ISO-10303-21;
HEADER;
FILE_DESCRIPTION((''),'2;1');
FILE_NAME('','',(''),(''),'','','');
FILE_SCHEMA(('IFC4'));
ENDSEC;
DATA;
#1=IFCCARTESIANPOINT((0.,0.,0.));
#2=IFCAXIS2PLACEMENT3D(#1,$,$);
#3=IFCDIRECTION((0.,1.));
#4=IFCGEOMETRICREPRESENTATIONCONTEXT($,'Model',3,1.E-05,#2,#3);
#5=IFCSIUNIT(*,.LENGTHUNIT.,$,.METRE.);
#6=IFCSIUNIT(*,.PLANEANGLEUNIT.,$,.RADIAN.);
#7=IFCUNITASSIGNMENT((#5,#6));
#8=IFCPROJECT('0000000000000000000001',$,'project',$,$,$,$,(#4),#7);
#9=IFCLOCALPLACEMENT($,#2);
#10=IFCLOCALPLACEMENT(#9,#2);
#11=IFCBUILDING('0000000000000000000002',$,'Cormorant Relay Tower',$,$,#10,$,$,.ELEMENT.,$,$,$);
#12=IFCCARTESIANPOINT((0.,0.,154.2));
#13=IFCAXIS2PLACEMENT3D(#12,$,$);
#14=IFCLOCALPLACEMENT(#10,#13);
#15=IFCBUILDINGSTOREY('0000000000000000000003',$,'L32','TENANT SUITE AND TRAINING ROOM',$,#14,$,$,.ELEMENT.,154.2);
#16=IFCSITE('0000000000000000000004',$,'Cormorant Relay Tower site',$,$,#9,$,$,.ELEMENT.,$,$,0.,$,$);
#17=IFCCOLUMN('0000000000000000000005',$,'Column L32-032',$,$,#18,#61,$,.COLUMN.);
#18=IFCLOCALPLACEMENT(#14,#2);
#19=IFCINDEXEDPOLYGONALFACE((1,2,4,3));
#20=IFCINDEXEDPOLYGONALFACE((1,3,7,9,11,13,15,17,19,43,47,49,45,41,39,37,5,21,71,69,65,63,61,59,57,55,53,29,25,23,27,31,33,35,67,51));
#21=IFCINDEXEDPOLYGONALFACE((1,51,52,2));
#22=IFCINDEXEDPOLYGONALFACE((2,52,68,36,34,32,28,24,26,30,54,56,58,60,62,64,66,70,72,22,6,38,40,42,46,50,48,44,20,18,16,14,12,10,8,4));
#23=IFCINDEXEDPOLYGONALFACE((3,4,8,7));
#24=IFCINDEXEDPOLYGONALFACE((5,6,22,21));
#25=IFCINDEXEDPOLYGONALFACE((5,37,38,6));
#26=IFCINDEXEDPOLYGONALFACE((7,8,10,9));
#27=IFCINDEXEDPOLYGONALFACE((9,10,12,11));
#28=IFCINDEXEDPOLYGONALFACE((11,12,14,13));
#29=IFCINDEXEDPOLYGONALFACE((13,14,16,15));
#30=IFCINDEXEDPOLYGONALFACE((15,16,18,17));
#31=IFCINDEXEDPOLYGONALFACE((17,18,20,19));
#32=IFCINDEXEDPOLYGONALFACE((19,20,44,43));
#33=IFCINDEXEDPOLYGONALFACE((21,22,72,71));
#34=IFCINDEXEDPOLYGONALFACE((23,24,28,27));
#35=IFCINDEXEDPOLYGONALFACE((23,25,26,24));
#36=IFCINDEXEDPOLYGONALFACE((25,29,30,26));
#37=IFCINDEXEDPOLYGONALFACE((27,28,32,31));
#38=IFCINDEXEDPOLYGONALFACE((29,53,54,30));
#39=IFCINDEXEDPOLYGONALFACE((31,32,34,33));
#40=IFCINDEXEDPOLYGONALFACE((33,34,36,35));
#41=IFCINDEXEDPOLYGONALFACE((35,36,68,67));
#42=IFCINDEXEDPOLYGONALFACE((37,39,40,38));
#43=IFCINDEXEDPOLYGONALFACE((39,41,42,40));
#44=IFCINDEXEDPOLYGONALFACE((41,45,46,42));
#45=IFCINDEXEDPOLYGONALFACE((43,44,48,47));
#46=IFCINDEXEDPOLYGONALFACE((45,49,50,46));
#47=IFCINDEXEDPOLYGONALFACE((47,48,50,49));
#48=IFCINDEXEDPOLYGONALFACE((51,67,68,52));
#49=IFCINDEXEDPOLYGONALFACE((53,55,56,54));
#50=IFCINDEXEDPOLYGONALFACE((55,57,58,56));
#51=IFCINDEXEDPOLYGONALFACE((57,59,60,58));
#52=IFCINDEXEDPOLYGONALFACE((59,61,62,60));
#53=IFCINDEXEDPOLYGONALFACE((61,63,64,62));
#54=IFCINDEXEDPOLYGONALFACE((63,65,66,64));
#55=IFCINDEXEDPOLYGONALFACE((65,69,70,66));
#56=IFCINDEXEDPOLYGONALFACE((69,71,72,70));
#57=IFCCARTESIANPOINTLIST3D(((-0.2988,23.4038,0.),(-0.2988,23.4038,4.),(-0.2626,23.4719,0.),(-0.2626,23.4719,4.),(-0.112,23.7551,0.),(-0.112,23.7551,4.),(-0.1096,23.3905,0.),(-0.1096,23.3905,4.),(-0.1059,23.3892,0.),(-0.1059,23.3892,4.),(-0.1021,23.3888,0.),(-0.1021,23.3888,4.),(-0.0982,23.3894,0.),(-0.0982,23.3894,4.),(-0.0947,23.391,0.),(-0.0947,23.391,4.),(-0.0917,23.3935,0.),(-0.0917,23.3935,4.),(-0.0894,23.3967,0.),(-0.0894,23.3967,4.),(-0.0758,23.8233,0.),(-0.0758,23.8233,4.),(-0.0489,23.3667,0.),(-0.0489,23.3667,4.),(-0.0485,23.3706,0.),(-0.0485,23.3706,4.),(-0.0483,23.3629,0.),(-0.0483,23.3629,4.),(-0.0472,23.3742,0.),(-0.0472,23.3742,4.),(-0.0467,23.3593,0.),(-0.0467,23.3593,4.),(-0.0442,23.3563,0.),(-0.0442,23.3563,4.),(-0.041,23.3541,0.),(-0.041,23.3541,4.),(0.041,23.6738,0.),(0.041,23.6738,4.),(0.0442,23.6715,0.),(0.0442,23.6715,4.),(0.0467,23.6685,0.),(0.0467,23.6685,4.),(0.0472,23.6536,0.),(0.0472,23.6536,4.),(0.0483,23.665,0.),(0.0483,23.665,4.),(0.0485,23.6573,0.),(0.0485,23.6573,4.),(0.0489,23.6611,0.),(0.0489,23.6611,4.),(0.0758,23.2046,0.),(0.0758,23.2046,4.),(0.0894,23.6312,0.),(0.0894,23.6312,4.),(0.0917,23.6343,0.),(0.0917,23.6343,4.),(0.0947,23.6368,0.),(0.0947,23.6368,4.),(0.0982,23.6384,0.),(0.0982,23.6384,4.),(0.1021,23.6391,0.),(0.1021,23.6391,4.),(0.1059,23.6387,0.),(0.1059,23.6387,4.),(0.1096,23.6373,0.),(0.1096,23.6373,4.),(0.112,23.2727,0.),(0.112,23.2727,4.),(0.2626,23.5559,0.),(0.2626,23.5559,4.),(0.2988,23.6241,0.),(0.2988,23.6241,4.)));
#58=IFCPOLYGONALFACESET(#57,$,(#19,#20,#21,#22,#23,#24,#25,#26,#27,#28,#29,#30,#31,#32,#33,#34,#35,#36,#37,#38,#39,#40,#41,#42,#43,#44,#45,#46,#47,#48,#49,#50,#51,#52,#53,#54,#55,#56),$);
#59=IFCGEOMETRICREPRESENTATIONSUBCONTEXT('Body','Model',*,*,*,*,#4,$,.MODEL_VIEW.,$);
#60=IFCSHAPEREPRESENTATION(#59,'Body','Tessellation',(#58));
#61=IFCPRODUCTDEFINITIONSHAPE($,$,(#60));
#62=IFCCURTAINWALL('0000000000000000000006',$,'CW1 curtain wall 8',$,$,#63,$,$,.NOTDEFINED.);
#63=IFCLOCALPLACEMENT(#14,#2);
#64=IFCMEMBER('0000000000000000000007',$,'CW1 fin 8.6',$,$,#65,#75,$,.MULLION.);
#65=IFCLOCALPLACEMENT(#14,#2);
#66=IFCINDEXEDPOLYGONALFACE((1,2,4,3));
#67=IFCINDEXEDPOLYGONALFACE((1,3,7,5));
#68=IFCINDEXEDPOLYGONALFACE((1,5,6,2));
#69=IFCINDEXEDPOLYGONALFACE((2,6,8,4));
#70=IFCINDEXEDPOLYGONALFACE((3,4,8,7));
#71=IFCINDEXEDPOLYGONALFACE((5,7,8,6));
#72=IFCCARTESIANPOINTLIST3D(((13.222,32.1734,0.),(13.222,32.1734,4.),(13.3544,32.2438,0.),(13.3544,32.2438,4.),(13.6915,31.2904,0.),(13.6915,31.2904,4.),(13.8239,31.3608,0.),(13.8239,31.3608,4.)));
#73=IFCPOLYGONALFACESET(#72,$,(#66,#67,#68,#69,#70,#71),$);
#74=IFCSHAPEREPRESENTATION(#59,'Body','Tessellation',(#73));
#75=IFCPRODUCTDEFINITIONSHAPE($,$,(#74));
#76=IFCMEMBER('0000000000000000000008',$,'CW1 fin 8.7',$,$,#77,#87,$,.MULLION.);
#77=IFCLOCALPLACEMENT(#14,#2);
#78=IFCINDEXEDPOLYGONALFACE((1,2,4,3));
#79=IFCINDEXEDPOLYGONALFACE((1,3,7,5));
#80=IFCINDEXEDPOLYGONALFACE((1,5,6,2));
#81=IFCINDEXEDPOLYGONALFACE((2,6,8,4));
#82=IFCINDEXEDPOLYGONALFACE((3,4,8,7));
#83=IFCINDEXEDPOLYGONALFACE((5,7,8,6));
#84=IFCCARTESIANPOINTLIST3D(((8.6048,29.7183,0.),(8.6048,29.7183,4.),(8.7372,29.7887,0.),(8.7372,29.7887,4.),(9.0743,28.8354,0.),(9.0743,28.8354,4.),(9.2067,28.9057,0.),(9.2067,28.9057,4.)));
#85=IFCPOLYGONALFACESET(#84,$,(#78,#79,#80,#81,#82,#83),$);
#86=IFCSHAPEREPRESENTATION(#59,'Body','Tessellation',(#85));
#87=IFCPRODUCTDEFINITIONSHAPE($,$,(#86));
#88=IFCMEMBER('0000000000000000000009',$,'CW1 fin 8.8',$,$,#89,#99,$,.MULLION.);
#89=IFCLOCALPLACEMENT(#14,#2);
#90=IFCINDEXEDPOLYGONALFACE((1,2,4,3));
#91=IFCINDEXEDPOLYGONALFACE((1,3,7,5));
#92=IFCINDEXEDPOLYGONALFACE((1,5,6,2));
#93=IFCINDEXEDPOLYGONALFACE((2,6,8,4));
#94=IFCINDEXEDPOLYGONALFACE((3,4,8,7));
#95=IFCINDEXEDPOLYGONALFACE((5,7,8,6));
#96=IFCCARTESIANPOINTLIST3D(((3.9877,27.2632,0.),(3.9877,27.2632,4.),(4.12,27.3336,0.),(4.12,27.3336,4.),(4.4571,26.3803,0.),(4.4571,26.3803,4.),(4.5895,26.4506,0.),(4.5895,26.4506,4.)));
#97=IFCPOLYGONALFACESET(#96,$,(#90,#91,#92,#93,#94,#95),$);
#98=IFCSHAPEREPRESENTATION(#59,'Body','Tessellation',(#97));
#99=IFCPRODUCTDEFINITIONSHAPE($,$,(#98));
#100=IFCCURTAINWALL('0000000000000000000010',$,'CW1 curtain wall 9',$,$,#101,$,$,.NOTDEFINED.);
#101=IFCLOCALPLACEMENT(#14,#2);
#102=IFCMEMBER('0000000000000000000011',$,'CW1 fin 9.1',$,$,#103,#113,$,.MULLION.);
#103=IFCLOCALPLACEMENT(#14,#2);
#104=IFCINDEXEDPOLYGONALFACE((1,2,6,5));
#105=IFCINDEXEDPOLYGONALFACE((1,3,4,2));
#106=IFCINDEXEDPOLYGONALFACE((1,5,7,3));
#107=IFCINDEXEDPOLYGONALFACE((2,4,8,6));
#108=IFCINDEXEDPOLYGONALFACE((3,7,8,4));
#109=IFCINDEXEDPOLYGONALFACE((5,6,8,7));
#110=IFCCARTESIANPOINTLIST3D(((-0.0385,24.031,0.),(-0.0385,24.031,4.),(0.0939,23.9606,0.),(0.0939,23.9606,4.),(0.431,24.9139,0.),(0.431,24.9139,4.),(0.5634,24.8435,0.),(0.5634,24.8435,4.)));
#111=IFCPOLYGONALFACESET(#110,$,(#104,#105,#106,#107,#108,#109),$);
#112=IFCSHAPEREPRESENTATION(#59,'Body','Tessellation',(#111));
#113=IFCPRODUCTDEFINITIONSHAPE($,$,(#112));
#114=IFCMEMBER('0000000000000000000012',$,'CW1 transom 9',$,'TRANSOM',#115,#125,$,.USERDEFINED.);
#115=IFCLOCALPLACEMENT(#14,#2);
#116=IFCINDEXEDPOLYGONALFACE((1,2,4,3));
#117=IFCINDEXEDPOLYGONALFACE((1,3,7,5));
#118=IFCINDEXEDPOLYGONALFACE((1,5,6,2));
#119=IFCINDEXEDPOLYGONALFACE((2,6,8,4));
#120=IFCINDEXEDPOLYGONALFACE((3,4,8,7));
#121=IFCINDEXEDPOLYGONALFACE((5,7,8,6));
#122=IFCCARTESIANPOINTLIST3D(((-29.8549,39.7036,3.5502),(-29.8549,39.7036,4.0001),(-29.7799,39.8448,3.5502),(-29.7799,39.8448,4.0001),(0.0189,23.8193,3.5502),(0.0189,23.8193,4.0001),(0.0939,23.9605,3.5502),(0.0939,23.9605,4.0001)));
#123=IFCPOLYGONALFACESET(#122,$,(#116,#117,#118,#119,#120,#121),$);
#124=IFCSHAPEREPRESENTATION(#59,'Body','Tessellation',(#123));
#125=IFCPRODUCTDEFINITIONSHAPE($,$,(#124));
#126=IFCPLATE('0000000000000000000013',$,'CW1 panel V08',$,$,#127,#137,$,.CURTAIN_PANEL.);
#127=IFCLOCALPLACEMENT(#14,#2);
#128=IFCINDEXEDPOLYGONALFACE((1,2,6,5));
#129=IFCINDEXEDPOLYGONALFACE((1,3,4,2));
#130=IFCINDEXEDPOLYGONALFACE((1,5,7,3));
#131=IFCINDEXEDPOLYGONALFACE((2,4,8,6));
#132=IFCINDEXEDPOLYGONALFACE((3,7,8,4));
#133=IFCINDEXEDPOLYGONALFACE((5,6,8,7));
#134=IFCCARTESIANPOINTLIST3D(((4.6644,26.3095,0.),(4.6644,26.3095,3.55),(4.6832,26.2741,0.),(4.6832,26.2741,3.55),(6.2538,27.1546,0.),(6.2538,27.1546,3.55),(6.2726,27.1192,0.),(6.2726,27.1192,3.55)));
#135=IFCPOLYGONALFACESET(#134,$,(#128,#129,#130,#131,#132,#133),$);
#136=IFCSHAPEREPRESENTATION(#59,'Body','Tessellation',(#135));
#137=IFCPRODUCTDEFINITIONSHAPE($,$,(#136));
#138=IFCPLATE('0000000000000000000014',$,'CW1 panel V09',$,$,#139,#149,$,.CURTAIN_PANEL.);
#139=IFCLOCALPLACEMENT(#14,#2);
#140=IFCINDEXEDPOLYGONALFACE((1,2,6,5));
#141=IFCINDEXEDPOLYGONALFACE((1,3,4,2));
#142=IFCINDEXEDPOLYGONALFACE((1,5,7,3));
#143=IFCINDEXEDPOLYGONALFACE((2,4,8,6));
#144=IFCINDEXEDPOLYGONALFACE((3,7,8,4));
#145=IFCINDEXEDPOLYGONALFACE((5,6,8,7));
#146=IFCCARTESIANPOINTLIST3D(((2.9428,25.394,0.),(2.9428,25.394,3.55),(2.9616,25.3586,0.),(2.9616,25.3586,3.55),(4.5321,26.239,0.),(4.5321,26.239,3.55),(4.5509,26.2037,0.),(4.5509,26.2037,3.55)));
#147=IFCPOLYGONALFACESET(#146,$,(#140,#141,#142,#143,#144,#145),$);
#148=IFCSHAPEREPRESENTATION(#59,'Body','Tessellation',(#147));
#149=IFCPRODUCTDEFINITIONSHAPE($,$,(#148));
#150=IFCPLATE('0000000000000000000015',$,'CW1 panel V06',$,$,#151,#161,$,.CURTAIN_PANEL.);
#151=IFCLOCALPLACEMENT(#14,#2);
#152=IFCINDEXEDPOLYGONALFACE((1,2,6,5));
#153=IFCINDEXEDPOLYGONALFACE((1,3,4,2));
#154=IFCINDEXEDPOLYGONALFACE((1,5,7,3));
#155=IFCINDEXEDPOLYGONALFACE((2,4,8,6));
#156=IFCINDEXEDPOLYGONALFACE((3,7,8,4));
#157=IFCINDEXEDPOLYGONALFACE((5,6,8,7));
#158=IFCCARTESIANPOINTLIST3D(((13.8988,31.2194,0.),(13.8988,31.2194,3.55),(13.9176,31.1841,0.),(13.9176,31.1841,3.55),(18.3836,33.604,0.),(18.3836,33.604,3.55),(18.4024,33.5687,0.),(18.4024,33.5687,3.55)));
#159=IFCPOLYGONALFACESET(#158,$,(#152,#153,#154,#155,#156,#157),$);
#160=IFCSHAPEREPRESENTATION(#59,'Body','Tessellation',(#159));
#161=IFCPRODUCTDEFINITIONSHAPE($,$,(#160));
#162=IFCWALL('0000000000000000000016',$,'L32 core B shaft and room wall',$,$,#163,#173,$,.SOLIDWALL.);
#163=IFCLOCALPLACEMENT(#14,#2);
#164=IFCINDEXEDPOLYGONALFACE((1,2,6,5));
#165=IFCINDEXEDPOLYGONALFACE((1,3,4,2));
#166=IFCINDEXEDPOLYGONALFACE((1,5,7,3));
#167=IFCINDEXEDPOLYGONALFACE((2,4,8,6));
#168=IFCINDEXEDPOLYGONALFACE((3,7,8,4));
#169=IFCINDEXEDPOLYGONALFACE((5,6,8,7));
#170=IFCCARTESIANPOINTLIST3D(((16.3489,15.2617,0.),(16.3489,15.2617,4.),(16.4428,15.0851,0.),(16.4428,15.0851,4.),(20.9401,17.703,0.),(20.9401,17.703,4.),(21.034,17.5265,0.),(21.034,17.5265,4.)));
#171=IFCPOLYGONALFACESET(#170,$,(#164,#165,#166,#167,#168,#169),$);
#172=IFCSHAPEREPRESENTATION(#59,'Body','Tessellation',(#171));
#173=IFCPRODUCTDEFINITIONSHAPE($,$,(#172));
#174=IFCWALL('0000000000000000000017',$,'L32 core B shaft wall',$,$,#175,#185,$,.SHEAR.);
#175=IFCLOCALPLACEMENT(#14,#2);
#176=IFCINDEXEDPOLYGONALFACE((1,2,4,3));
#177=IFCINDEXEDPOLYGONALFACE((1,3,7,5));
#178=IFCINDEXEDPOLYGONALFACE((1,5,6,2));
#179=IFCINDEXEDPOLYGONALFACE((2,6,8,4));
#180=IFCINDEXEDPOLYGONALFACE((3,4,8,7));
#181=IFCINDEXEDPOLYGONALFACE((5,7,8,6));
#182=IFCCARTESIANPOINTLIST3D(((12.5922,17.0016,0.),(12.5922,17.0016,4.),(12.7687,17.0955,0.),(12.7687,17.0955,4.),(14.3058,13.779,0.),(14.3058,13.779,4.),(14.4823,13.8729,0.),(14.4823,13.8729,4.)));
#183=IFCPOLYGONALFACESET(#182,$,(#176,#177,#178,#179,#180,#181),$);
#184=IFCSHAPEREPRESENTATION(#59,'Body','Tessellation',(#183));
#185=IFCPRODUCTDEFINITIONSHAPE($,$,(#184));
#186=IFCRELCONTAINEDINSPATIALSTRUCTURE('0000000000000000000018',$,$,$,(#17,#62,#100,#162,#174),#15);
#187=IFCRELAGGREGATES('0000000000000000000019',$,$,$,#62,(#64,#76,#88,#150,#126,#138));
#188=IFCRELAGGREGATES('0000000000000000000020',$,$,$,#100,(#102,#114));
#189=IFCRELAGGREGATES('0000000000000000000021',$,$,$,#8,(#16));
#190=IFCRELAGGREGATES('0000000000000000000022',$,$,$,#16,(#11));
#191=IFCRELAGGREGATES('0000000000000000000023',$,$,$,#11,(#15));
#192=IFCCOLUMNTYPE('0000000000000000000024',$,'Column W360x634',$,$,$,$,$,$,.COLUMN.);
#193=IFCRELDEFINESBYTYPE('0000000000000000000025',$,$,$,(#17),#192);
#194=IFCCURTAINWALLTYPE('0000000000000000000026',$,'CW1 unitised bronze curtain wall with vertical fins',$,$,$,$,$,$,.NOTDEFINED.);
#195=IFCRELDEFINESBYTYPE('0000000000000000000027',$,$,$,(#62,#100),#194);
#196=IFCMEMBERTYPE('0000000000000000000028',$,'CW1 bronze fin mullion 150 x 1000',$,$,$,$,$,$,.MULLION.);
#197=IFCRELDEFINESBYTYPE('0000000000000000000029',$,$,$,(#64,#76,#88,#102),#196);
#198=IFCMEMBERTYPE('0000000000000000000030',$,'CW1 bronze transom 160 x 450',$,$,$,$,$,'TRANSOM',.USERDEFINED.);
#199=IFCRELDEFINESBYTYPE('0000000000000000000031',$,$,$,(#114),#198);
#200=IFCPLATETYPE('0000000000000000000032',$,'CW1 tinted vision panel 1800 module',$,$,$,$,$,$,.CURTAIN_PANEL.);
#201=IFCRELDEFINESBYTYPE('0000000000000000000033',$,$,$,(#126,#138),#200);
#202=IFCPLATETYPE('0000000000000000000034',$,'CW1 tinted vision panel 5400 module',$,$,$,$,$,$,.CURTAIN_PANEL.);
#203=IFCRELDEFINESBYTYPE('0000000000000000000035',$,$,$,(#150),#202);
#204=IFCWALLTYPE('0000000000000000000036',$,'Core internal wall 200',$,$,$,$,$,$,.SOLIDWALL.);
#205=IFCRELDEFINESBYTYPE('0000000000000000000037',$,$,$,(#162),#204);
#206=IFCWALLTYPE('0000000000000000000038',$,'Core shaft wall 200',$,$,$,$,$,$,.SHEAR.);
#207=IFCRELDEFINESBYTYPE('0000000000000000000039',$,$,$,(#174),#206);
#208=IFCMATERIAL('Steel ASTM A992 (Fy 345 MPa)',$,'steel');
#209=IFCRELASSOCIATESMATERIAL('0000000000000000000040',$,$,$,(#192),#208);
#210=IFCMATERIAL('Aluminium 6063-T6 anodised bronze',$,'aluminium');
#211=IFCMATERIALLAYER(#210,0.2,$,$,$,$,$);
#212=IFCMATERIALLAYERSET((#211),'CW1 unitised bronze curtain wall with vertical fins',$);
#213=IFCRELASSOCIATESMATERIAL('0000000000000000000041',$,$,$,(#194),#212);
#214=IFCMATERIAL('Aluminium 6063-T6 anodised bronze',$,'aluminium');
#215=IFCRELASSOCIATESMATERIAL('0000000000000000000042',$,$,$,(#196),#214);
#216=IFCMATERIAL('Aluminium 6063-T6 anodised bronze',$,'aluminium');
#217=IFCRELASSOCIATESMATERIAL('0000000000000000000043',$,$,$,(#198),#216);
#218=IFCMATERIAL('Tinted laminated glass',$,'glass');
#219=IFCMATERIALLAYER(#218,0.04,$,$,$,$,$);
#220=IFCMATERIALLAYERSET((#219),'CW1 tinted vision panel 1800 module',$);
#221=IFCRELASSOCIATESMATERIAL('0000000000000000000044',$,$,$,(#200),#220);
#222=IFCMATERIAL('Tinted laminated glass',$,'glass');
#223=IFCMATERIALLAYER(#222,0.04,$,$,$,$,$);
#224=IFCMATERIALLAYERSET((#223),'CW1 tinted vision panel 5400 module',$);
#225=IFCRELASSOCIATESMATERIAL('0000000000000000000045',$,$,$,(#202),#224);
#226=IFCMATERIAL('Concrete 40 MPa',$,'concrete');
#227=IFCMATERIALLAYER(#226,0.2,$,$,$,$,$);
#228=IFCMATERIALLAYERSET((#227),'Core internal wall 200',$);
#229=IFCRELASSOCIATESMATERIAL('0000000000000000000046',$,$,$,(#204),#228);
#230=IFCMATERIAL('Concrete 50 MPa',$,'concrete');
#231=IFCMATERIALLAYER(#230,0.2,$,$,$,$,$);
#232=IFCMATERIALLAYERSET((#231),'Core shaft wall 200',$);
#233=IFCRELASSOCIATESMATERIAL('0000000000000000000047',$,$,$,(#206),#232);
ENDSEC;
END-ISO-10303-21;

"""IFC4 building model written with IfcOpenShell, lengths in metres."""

from ifc_helpers import new_model, si_unit, direction, frame, frame_2d, origin, origin_2d, place, context, subcontext, project, spatial, rectangle, i_section, extrude, material, layer, layer_set, material_profile, profile_set, type_object, element, aggregate, save


model = new_model("IFC4")

# Units and contexts
model_context = context("Model", 3, precision=1e-05, world=origin(), true_north=direction((0.0, 1.0)))
body_context = subcontext(model_context, "Body", "Model", "MODEL_VIEW")
ifc_project = project(units=[si_unit("LENGTHUNIT", "METRE"), si_unit("PLANEANGLEUNIT", "RADIAN")], contexts=[model_context])

# Site, building, storey
site_placement = place(None, origin())
site = spatial("IfcSite", under=ifc_project, at=site_placement, Name="Cormorant Relay Tower site", CompositionType="ELEMENT", RefElevation=0.0)
building_placement = place(site_placement, origin())
building = spatial("IfcBuilding", under=site, at=building_placement, Name="Cormorant Relay Tower", CompositionType="ELEMENT")
storey_placement = place(building_placement, frame((0.0, 0.0, 154.2)))
storey = spatial("IfcBuildingStorey", under=building, at=storey_placement, Name="L32", Description="TENANT SUITE AND TRAINING ROOM", CompositionType="ELEMENT", Elevation=154.2)

# Column
ifc_material_1 = material(Name="Steel ASTM A992 (Fy 345 MPa)", Category="steel")
ifc_material_profile_1 = material_profile(ifc_material_1, i_section(OverallWidth=0.4243, OverallDepth=0.4751, WebThickness=0.0479, FlangeThickness=0.0771, FilletRadius=0.0149, at=origin_2d()), Name="W360x634")
ifc_profile_set_1 = profile_set([ifc_material_profile_1], Name="Steel ASTM A992 (Fy 345 MPa)")
column_type_1 = type_object("IfcColumnType", Name="Column W360x634", PredefinedType="COLUMN", material=ifc_profile_set_1)
column_1_placement = place(storey_placement, frame((0.0, 23.5139, 0.0), z_axis=(0.0, 0.0, 1.0), x_axis=(-0.882948, 0.469472, 0.0)))
element("IfcColumn", 1, at=column_1_placement, inside=storey, type_object=column_type_1, Name="Column L32-032", PredefinedType="COLUMN", context=body_context, shape_type="SweptSolid", body=[
    extrude(i_section(OverallWidth=0.4243, OverallDepth=0.4751, WebThickness=0.0479, FlangeThickness=0.0771, FilletRadius=0.0149, at=origin_2d()), origin(), (0.0, 0.0, 1.0), 4.0),
])

# Curtain walls, members
ifc_material_2 = material(Name="Aluminium 6063-T6 anodised bronze", Category="aluminium")
ifc_layer_1 = layer(ifc_material_2, 0.2)
ifc_layer_set_1 = layer_set([ifc_layer_1], Name="CW1 unitised bronze curtain wall with vertical fins")
curtain_wall_type = type_object("IfcCurtainWallType", Name="CW1 unitised bronze curtain wall with vertical fins", PredefinedType="NOTDEFINED", material=ifc_layer_set_1)
curtain_wall_1_placement = place(storey_placement, origin())
curtain_wall_1 = element("IfcCurtainWall", 2, at=curtain_wall_1_placement, inside=storey, type_object=curtain_wall_type, Name="CW1 curtain wall 8", PredefinedType="NOTDEFINED")
ifc_material_3 = material(Name="Aluminium 6063-T6 anodised bronze", Category="aluminium")
ifc_material_profile_2 = material_profile(ifc_material_3, rectangle(XDim=0.1499, YDim=1.0, at=origin_2d()), Name="AL 150x1000")
ifc_profile_set_2 = profile_set([ifc_material_profile_2], Name="Aluminium 6063-T6 anodised bronze")
member_type_1 = type_object("IfcMemberType", Name="CW1 bronze fin mullion 150 x 1000", PredefinedType="MULLION", material=ifc_profile_set_2)
member_1_placement = place(storey_placement, frame((13.5229, 31.7671, 0.0), z_axis=(0.0, 0.0, 1.0), x_axis=(-0.882948, -0.469472, 0.0)))
member_1 = element("IfcMember", 3, at=member_1_placement, type_object=member_type_1, Name="CW1 fin 8.6", PredefinedType="MULLION", context=body_context, shape_type="SweptSolid", body=[
    extrude(rectangle(XDim=0.1499, YDim=1.0, at=origin_2d()), origin(), (0.0, 0.0, 1.0), 4.0),
])
member_2_placement = place(storey_placement, frame((8.9058, 29.312, 0.0), z_axis=(0.0, 0.0, 1.0), x_axis=(-0.882948, -0.469472, 0.0)))
member_2 = element("IfcMember", 4, at=member_2_placement, type_object=member_type_1, Name="CW1 fin 8.7", PredefinedType="MULLION", context=body_context, shape_type="SweptSolid", body=[
    extrude(rectangle(XDim=0.1499, YDim=1.0, at=origin_2d()), origin(), (0.0, 0.0, 1.0), 4.0),
])
member_3_placement = place(storey_placement, frame((4.2886, 26.8569, 0.0), z_axis=(0.0, 0.0, 1.0), x_axis=(-0.882948, -0.469472, 0.0)))
member_3 = element("IfcMember", 5, at=member_3_placement, type_object=member_type_1, Name="CW1 fin 8.8", PredefinedType="MULLION", context=body_context, shape_type="SweptSolid", body=[
    extrude(rectangle(XDim=0.1499, YDim=1.0, at=origin_2d()), origin(), (0.0, 0.0, 1.0), 4.0),
])
curtain_wall_2_placement = place(storey_placement, origin())
curtain_wall_2 = element("IfcCurtainWall", 6, at=curtain_wall_2_placement, inside=storey, type_object=curtain_wall_type, Name="CW1 curtain wall 9", PredefinedType="NOTDEFINED")
member_4_placement = place(storey_placement, frame((0.2625, 24.4373, 0.0), z_axis=(0.0, 0.0, 1.0), x_axis=(-0.882948, 0.469472, 0.0)))
member_4 = element("IfcMember", 7, at=member_4_placement, type_object=member_type_1, Name="CW1 fin 9.1", PredefinedType="MULLION", context=body_context, shape_type="SweptSolid", body=[
    extrude(rectangle(XDim=0.1499, YDim=1.0, at=origin_2d()), origin(), (0.0, 0.0, 1.0), 4.0),
])
ifc_material_4 = material(Name="Aluminium 6063-T6 anodised bronze", Category="aluminium")
ifc_material_profile_3 = material_profile(ifc_material_4, rectangle(XDim=0.1599, YDim=0.45, at=origin_2d()), Name="AL 160x450")
ifc_profile_set_3 = profile_set([ifc_material_profile_3], Name="Aluminium 6063-T6 anodised bronze")
member_type_2 = type_object("IfcMemberType", Name="CW1 bronze transom 160 x 450", ElementType="TRANSOM", PredefinedType="USERDEFINED", material=ifc_profile_set_3)
member_5_placement = place(storey_placement, frame((0.0564, 23.8899, 3.7751), z_axis=(-0.882946, 0.469474, 0.0), x_axis=(-0.469474, -0.882946, 0.0)))
member_5 = element("IfcMember", 8, at=member_5_placement, type_object=member_type_2, Name="CW1 transom 9", ObjectType="TRANSOM", PredefinedType="USERDEFINED", context=body_context, shape_type="SweptSolid", body=[
    extrude(rectangle(XDim=0.1599, YDim=0.45, at=origin_2d()), origin(), (0.0, 0.0, 1.0), 33.8342),
])

# Plates
ifc_material_5 = material(Name="Tinted laminated glass", Category="glass")
ifc_layer_2 = layer(ifc_material_5, 0.04)
ifc_layer_set_2 = layer_set([ifc_layer_2], Name="CW1 tinted vision panel 1800 module")
plate_type_1 = type_object("IfcPlateType", Name="CW1 tinted vision panel 1800 module", PredefinedType="CURTAIN_PANEL", material=ifc_layer_set_2)
plate_1_placement = place(storey_placement, frame((5.4685, 26.7144, 0.0), z_axis=(0.0, 0.0, 1.0), x_axis=(-0.882948, -0.469472, 0.0)))
plate_1 = element("IfcPlate", 9, at=plate_1_placement, type_object=plate_type_1, Name="CW1 panel V08", PredefinedType="CURTAIN_PANEL", context=body_context, shape_type="SweptSolid", body=[
    extrude(rectangle(XDim=1.8, YDim=0.04, at=origin_2d()), origin(), (0.0, 0.0, 1.0), 3.55),
])
plate_2_placement = place(storey_placement, frame((3.7468, 25.7988, 0.0), z_axis=(0.0, 0.0, 1.0), x_axis=(-0.882948, -0.469472, 0.0)))
plate_2 = element("IfcPlate", 10, at=plate_2_placement, type_object=plate_type_1, Name="CW1 panel V09", PredefinedType="CURTAIN_PANEL", context=body_context, shape_type="SweptSolid", body=[
    extrude(rectangle(XDim=1.8, YDim=0.04, at=origin_2d()), origin(), (0.0, 0.0, 1.0), 3.55),
])
ifc_material_6 = material(Name="Tinted laminated glass", Category="glass")
ifc_layer_3 = layer(ifc_material_6, 0.04)
ifc_layer_set_3 = layer_set([ifc_layer_3], Name="CW1 tinted vision panel 5400 module")
plate_type_2 = type_object("IfcPlateType", Name="CW1 tinted vision panel 5400 module", PredefinedType="CURTAIN_PANEL", material=ifc_layer_set_3)
plate_3_placement = place(storey_placement, frame((16.1506, 32.394, 0.0), z_axis=(0.0, 0.0, 1.0), x_axis=(-0.882948, -0.469472, 0.0)))
plate_3 = element("IfcPlate", 11, at=plate_3_placement, type_object=plate_type_2, Name="CW1 panel V06", PredefinedType="CURTAIN_PANEL", context=body_context, shape_type="SweptSolid", body=[
    extrude(rectangle(XDim=5.0793, YDim=0.04, at=origin_2d()), origin(), (0.0, 0.0, 1.0), 3.55),
])

# Walls
ifc_material_7 = material(Name="Concrete 40 MPa", Category="concrete")
ifc_layer_4 = layer(ifc_material_7, 0.2)
ifc_layer_set_4 = layer_set([ifc_layer_4], Name="Core internal wall 200")
wall_type_1 = type_object("IfcWallType", Name="Core internal wall 200", PredefinedType="SOLIDWALL", material=ifc_layer_set_4)
wall_1_placement = place(storey_placement, frame((16.3958, 15.1733, 0.0), z_axis=(0.0, 0.0, 1.0), x_axis=(0.882935, 0.469496, 0.0)))
element("IfcWall", 12, at=wall_1_placement, inside=storey, type_object=wall_type_1, Name="L32 core B shaft and room wall", PredefinedType="SOLIDWALL", context=body_context, shape_type="SweptSolid", body=[
    extrude(rectangle(XDim=5.2, YDim=0.2, at=frame_2d((2.6001, 0.0))), origin(), (0.0, 0.0, 1.0), 4.0),
])
ifc_material_8 = material(Name="Concrete 50 MPa", Category="concrete")
ifc_layer_5 = layer(ifc_material_8, 0.2)
ifc_layer_set_5 = layer_set([ifc_layer_5], Name="Core shaft wall 200")
wall_type_2 = type_object("IfcWallType", Name="Core shaft wall 200", PredefinedType="SHEAR", material=ifc_layer_set_5)
wall_2_placement = place(storey_placement, frame((14.394, 13.8259, 0.0), z_axis=(0.0, 0.0, 1.0), x_axis=(-0.469494, 0.882936, 0.0)))
element("IfcWall", 13, at=wall_2_placement, inside=storey, type_object=wall_type_2, Name="L32 core B shaft wall", PredefinedType="SHEAR", context=body_context, shape_type="SweptSolid", body=[
    extrude(rectangle(XDim=3.6499, YDim=0.2, at=frame_2d((1.825, 0.0))), origin(), (0.0, 0.0, 1.0), 4.0),
])

aggregate(curtain_wall_1, [member_1, member_2, member_3, plate_3, plate_1, plate_2])
aggregate(curtain_wall_2, [member_4, member_5])

save(model, "model.ifc")
